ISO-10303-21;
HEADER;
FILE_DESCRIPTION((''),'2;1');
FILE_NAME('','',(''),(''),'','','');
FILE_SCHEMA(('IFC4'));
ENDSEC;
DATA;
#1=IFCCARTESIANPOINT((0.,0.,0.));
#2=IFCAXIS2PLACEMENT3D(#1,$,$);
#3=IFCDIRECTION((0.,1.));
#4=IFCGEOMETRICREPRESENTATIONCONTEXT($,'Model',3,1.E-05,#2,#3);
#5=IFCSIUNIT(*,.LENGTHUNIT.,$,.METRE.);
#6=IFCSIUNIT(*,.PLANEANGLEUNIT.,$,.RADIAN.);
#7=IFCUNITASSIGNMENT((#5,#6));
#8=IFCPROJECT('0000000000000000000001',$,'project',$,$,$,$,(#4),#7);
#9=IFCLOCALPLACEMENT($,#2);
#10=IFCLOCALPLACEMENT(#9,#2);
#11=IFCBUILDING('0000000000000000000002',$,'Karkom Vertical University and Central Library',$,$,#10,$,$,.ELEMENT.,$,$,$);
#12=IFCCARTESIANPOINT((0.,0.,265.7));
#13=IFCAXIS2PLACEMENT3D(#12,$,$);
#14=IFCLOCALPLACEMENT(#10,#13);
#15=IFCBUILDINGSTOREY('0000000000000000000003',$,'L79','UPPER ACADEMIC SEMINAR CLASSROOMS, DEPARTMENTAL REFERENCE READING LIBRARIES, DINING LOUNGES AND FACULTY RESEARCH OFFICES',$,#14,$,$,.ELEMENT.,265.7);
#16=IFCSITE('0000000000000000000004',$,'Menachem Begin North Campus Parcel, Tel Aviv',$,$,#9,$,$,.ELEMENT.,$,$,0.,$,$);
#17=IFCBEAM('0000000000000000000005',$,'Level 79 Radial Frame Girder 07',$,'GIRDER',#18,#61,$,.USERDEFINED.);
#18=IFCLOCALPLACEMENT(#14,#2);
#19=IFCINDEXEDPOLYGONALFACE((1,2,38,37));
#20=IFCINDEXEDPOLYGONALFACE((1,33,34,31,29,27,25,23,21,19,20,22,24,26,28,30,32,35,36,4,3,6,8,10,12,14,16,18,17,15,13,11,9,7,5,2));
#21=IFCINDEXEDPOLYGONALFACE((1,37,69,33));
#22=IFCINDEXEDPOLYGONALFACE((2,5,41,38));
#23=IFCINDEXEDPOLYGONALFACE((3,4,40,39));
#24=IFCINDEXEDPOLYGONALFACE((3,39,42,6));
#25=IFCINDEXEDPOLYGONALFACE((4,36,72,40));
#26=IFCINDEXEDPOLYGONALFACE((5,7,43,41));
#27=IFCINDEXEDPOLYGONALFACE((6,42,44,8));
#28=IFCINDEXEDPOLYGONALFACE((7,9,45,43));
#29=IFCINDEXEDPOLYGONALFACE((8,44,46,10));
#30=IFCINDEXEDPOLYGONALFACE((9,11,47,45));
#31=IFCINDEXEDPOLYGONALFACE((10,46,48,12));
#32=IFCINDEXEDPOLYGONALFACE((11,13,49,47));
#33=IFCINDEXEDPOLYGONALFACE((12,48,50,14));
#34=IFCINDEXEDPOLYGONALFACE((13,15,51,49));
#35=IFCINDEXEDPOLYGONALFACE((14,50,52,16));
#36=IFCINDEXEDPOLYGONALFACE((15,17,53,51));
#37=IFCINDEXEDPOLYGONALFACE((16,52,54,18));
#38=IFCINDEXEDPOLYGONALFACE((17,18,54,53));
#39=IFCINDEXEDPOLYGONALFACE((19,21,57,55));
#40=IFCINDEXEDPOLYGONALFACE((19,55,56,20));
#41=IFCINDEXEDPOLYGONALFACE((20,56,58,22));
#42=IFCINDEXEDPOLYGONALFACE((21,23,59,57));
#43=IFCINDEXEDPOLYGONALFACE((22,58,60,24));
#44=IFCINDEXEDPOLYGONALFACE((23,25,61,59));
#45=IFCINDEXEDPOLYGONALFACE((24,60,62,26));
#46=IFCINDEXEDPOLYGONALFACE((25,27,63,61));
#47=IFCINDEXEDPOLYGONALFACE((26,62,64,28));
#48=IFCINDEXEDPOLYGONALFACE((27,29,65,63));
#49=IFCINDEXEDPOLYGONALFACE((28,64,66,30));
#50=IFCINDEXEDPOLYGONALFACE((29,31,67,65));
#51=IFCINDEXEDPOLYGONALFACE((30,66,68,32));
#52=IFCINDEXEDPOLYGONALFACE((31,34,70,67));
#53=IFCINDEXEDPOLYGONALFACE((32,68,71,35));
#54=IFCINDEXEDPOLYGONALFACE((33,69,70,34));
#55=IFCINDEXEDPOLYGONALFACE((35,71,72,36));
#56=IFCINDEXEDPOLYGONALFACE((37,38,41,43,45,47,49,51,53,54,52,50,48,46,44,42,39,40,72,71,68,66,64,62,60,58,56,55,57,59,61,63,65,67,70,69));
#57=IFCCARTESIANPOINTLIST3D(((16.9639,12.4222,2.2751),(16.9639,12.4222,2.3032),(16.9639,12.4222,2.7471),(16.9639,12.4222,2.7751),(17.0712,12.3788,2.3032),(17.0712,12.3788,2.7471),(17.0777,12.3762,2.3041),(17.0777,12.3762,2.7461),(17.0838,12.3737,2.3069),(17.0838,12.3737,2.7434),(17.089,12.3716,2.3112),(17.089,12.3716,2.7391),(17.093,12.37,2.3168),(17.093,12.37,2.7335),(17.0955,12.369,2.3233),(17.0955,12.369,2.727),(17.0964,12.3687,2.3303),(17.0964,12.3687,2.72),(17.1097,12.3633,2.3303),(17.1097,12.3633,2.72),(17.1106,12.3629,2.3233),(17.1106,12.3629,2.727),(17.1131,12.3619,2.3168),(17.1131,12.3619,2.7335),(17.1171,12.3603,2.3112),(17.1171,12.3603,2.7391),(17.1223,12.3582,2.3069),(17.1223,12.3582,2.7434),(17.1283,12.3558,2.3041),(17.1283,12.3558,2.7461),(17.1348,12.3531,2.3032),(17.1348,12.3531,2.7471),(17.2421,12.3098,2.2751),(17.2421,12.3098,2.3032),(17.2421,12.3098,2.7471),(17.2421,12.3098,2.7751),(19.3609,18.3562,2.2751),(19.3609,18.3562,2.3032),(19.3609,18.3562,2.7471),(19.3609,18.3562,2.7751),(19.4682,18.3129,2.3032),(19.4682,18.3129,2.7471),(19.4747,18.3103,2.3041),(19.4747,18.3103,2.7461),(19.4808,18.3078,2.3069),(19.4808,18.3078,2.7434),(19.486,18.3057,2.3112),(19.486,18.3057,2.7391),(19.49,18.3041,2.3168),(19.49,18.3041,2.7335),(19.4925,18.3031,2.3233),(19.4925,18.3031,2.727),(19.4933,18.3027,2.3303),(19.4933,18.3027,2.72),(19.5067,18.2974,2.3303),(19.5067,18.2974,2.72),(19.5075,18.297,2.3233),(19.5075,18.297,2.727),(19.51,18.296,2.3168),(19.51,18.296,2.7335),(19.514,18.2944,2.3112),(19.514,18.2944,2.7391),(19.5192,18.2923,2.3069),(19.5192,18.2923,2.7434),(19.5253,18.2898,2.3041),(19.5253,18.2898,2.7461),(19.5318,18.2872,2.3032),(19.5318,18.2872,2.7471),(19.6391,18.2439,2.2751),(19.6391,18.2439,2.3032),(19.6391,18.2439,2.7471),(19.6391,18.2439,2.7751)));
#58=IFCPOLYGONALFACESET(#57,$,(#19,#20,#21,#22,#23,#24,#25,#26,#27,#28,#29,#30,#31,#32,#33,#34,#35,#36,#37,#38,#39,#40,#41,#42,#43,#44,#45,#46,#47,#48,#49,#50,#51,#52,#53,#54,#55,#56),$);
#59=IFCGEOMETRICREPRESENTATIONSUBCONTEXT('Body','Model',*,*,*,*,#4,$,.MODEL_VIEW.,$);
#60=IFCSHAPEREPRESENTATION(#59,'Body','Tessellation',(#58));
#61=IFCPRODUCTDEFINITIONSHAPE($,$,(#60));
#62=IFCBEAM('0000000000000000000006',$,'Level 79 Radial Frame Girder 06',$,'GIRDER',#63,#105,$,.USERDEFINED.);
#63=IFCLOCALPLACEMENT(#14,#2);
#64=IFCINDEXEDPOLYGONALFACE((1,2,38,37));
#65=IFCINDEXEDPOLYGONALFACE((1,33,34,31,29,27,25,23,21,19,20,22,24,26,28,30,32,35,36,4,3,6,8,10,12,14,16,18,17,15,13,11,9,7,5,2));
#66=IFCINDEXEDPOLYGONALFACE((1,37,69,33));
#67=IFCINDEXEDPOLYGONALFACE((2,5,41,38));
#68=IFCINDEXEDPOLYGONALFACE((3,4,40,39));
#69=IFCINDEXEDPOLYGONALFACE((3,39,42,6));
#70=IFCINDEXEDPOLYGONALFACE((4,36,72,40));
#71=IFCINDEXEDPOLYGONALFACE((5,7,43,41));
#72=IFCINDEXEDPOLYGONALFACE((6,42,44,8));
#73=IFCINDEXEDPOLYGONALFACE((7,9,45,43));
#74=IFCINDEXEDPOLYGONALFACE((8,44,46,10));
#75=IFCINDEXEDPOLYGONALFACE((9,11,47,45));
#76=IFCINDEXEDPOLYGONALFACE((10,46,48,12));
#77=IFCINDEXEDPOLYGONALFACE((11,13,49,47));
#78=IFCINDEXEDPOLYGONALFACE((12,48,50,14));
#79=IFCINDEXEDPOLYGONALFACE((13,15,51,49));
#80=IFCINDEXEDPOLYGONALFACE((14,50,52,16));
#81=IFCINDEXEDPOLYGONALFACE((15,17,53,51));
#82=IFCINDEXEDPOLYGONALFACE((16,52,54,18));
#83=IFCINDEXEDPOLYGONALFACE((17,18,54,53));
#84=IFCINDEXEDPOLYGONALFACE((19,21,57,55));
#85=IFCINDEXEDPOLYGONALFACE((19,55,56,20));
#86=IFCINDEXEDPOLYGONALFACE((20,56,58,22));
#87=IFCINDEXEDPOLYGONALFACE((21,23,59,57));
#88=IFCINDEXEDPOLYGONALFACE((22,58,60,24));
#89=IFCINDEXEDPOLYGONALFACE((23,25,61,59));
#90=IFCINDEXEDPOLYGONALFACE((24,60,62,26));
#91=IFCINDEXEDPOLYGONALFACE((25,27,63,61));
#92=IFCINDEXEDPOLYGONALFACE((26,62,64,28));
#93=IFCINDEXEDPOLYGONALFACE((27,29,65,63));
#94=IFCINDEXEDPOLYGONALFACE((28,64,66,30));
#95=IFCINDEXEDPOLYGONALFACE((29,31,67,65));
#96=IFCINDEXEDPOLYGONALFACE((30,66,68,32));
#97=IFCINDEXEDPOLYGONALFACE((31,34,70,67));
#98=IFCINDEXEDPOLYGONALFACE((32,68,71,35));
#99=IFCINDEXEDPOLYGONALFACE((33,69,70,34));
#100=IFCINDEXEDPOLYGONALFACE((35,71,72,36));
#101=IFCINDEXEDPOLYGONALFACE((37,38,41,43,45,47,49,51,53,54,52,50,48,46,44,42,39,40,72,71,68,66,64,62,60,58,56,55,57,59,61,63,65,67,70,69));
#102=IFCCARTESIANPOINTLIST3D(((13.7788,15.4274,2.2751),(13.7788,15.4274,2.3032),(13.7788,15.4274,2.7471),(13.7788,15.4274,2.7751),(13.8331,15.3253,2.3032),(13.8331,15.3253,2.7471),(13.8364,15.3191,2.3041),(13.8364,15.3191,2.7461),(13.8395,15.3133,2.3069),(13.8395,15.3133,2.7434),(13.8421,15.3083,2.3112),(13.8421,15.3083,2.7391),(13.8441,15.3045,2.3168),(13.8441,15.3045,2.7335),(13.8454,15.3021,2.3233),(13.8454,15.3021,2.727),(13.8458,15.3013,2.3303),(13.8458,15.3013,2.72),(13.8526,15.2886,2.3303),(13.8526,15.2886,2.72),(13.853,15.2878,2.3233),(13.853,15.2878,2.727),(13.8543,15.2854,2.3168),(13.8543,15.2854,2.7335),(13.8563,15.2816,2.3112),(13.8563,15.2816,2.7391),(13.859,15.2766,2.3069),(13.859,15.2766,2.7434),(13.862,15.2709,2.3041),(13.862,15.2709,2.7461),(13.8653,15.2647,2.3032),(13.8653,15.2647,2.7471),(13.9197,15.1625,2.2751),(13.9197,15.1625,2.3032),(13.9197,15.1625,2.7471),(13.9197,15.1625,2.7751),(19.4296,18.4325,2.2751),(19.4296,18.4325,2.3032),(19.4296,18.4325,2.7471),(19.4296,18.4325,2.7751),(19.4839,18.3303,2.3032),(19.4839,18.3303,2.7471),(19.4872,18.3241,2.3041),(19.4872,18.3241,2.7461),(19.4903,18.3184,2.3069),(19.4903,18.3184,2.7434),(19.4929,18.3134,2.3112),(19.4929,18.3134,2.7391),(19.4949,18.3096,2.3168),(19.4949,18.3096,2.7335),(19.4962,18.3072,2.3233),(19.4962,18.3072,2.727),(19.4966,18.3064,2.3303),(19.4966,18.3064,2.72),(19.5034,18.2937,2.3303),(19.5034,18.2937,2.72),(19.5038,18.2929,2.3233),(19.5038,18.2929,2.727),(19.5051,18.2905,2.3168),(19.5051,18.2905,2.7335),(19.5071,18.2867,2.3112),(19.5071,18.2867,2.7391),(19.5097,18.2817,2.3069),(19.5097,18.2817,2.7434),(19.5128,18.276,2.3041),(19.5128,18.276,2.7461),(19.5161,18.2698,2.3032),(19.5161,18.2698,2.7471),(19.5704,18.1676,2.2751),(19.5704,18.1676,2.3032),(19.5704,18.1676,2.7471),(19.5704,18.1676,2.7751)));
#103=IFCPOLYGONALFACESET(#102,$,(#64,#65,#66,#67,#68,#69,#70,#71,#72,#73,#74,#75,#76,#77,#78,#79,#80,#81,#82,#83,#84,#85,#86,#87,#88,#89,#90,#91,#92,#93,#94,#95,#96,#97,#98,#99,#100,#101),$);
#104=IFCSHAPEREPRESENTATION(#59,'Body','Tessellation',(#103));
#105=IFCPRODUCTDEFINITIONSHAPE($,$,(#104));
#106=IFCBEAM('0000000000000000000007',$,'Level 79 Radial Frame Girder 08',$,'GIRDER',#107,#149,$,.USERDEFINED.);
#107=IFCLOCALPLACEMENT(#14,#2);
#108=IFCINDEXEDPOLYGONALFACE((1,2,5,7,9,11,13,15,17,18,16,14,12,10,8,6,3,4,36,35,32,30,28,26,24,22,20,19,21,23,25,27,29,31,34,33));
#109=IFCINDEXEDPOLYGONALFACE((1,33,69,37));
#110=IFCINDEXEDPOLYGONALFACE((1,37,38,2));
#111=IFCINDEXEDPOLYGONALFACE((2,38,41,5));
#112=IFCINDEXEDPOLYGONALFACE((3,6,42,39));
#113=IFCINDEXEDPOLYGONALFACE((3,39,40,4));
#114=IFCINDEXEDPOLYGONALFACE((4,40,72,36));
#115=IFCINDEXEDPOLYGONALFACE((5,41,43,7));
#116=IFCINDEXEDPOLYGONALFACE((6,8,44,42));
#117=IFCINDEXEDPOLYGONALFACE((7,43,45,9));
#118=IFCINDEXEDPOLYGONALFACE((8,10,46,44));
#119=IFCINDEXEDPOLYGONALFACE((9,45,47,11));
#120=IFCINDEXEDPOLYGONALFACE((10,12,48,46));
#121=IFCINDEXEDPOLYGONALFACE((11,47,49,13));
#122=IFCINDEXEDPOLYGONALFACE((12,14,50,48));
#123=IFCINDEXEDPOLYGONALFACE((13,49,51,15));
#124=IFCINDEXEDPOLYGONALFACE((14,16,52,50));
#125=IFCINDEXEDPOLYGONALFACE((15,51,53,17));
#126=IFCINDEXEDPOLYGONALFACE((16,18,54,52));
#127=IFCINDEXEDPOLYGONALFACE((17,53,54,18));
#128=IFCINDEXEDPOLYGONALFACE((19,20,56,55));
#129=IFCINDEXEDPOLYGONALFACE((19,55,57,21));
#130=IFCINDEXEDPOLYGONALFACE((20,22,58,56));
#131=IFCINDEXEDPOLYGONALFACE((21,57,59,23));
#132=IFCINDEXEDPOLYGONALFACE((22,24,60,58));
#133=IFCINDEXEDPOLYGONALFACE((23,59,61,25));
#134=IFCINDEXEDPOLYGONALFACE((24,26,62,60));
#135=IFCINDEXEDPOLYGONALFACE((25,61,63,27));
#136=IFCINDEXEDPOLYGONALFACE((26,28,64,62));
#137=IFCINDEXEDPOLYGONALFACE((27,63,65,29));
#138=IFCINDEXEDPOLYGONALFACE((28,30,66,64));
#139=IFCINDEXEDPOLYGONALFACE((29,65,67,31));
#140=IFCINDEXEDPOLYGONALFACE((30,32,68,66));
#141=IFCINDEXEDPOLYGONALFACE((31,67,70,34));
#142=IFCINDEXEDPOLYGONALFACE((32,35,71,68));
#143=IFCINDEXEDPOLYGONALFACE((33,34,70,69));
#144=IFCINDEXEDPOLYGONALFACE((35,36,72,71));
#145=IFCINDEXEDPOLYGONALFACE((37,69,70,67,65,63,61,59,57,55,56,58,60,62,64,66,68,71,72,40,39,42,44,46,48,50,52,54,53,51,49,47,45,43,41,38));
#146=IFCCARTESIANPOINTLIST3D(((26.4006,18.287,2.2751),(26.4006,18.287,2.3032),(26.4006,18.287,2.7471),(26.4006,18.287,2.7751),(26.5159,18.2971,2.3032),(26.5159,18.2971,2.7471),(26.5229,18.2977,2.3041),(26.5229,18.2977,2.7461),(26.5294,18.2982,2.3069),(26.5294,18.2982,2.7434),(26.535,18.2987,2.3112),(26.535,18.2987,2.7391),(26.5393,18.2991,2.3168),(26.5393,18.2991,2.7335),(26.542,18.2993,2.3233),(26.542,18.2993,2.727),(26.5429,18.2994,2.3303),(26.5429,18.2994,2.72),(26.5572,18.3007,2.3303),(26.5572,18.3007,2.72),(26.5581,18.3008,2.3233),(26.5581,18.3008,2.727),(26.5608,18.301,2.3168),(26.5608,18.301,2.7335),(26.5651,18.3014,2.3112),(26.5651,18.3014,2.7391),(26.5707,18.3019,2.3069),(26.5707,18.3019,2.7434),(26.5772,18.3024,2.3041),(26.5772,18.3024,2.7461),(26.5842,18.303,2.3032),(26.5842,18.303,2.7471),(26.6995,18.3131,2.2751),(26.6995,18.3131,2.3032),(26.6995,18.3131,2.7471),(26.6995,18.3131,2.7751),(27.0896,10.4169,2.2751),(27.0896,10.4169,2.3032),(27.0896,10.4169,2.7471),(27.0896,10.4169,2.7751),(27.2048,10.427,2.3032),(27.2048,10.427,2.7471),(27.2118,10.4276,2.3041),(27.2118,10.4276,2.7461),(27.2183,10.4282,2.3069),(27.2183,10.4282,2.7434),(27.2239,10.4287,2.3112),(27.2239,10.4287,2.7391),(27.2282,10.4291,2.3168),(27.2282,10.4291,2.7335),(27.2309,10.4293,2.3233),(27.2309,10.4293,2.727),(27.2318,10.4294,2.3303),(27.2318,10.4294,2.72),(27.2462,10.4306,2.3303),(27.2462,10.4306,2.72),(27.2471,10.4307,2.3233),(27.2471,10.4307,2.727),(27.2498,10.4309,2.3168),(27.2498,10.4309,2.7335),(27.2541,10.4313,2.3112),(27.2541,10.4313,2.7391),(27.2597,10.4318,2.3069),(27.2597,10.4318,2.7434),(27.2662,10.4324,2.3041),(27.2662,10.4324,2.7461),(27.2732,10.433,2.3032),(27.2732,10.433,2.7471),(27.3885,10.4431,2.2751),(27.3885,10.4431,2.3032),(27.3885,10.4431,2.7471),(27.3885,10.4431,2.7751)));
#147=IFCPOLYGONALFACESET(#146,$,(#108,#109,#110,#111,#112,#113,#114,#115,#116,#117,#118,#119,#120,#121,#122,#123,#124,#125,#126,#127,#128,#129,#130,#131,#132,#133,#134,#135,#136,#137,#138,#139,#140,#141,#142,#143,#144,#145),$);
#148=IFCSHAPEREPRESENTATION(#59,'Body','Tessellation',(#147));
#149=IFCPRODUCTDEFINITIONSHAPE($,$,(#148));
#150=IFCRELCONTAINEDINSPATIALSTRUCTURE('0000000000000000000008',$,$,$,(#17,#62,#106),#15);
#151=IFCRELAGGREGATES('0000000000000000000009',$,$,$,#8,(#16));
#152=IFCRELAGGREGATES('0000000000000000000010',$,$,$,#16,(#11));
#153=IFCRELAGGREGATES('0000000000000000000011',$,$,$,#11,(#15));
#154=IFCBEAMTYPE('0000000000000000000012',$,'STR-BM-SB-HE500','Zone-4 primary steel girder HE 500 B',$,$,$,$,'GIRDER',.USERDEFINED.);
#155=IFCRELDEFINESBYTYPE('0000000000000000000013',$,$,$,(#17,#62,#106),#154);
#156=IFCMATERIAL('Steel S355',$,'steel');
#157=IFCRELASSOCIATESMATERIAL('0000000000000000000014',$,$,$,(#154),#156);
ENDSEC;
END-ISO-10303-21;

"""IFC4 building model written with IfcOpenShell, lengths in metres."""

from ifc_helpers import new_model, si_unit, direction, frame, origin, origin_with_axes, origin_2d, place, context, subcontext, project, spatial, i_section, extrude, source, transform, mapped, material, material_profile, profile_set, type_object, element, save


model = new_model("IFC4")

# Units and contexts
model_context = context("Model", 3, precision=1e-05, world=origin(), true_north=direction((0.0, 1.0)))
body_context = subcontext(model_context, "Body", "Model", "MODEL_VIEW")
ifc_project = project(units=[si_unit("LENGTHUNIT", "METRE"), si_unit("PLANEANGLEUNIT", "RADIAN")], contexts=[model_context])

# Site, building, storey
site_placement = place(None, origin())
site = spatial("IfcSite", under=ifc_project, at=site_placement, Name="Menachem Begin North Campus Parcel, Tel Aviv", CompositionType="ELEMENT", RefElevation=0.0)
building_placement = place(site_placement, origin())
building = spatial("IfcBuilding", under=site, at=building_placement, Name="Karkom Vertical University and Central Library", CompositionType="ELEMENT")
storey_placement = place(building_placement, frame((0.0, 0.0, 265.7)))
storey = spatial("IfcBuildingStorey", under=building, at=storey_placement, Name="L79", Description="UPPER ACADEMIC SEMINAR CLASSROOMS, DEPARTMENTAL REFERENCE READING LIBRARIES, DINING LOUNGES AND FACULTY RESEARCH OFFICES", CompositionType="ELEMENT", Elevation=265.7)

# Beams
ifc_material_1 = material(Name="Steel S355", Category="steel")
ifc_material_profile_1 = material_profile(ifc_material_1, i_section(OverallWidth=0.3, OverallDepth=0.5, WebThickness=0.0144, FlangeThickness=0.0281, FilletRadius=0.0271, at=origin_2d()), Name="HE 500 B")
ifc_profile_set_1 = profile_set([ifc_material_profile_1], Name="Steel S355")
beam_type_1 = type_object("IfcBeamType", Name="STR-BM-SB-HE500", Description="Zone-4 primary steel girder HE 500 B", ElementType="GIRDER", PredefinedType="USERDEFINED", material=ifc_profile_set_1)
shared_shape_1 = source(origin_with_axes(), body_context, "Body", "SweptSolid", [
    extrude(i_section(OverallWidth=0.3, OverallDepth=0.5, WebThickness=0.0144, FlangeThickness=0.0281, FilletRadius=0.0271, at=origin_2d()), origin(), (0.0, 0.0, 1.0), 6.3999),
])
beam_1_placement = place(storey_placement, frame((19.5, 18.3, 2.5251), z_axis=(-0.374532, -0.927214, 0.0), x_axis=(0.927214, -0.374532, 0.0)))
element("IfcBeam", 1, at=beam_1_placement, inside=storey, type_object=beam_type_1, Name="Level 79 Radial Frame Girder 07", ObjectType="GIRDER", PredefinedType="USERDEFINED", context=body_context, shape_type="MappedRepresentation", body=[
    mapped(shared_shape_1, transform((0.0, 0.0, 0.0), scale=1.0)),
])
shared_shape_2 = source(origin_with_axes(), body_context, "Body", "SweptSolid", [
    extrude(i_section(OverallWidth=0.3, OverallDepth=0.5, WebThickness=0.0144, FlangeThickness=0.0281, FilletRadius=0.0271, at=origin_2d()), origin(), (0.0, 0.0, 1.0), 6.4001),
])
beam_2_placement = place(storey_placement, frame((19.5, 18.3, 2.5251), z_axis=(-0.882915, -0.469533, 0.0), x_axis=(0.469533, -0.882915, 0.0)))
element("IfcBeam", 2, at=beam_2_placement, inside=storey, type_object=beam_type_1, Name="Level 79 Radial Frame Girder 06", ObjectType="GIRDER", PredefinedType="USERDEFINED", context=body_context, shape_type="MappedRepresentation", body=[
    mapped(shared_shape_2, transform((0.0, 0.0, 0.0), scale=1.0)),
])
shared_shape_3 = source(origin_with_axes(), body_context, "Body", "SweptSolid", [
    extrude(i_section(OverallWidth=0.3, OverallDepth=0.5, WebThickness=0.0144, FlangeThickness=0.0281, FilletRadius=0.0271, at=origin_2d()), origin(), (0.0, 0.0, 1.0), 7.9001),
])
beam_3_placement = place(storey_placement, frame((26.55, 18.3, 2.5251), z_axis=(0.087208, -0.99619, 0.0), x_axis=(0.99619, 0.087208, 0.0)))
element("IfcBeam", 3, at=beam_3_placement, inside=storey, type_object=beam_type_1, Name="Level 79 Radial Frame Girder 08", ObjectType="GIRDER", PredefinedType="USERDEFINED", context=body_context, shape_type="MappedRepresentation", body=[
    mapped(shared_shape_3, transform((0.0, 0.0, 0.0), scale=1.0)),
])

save(model, "model.ifc")
